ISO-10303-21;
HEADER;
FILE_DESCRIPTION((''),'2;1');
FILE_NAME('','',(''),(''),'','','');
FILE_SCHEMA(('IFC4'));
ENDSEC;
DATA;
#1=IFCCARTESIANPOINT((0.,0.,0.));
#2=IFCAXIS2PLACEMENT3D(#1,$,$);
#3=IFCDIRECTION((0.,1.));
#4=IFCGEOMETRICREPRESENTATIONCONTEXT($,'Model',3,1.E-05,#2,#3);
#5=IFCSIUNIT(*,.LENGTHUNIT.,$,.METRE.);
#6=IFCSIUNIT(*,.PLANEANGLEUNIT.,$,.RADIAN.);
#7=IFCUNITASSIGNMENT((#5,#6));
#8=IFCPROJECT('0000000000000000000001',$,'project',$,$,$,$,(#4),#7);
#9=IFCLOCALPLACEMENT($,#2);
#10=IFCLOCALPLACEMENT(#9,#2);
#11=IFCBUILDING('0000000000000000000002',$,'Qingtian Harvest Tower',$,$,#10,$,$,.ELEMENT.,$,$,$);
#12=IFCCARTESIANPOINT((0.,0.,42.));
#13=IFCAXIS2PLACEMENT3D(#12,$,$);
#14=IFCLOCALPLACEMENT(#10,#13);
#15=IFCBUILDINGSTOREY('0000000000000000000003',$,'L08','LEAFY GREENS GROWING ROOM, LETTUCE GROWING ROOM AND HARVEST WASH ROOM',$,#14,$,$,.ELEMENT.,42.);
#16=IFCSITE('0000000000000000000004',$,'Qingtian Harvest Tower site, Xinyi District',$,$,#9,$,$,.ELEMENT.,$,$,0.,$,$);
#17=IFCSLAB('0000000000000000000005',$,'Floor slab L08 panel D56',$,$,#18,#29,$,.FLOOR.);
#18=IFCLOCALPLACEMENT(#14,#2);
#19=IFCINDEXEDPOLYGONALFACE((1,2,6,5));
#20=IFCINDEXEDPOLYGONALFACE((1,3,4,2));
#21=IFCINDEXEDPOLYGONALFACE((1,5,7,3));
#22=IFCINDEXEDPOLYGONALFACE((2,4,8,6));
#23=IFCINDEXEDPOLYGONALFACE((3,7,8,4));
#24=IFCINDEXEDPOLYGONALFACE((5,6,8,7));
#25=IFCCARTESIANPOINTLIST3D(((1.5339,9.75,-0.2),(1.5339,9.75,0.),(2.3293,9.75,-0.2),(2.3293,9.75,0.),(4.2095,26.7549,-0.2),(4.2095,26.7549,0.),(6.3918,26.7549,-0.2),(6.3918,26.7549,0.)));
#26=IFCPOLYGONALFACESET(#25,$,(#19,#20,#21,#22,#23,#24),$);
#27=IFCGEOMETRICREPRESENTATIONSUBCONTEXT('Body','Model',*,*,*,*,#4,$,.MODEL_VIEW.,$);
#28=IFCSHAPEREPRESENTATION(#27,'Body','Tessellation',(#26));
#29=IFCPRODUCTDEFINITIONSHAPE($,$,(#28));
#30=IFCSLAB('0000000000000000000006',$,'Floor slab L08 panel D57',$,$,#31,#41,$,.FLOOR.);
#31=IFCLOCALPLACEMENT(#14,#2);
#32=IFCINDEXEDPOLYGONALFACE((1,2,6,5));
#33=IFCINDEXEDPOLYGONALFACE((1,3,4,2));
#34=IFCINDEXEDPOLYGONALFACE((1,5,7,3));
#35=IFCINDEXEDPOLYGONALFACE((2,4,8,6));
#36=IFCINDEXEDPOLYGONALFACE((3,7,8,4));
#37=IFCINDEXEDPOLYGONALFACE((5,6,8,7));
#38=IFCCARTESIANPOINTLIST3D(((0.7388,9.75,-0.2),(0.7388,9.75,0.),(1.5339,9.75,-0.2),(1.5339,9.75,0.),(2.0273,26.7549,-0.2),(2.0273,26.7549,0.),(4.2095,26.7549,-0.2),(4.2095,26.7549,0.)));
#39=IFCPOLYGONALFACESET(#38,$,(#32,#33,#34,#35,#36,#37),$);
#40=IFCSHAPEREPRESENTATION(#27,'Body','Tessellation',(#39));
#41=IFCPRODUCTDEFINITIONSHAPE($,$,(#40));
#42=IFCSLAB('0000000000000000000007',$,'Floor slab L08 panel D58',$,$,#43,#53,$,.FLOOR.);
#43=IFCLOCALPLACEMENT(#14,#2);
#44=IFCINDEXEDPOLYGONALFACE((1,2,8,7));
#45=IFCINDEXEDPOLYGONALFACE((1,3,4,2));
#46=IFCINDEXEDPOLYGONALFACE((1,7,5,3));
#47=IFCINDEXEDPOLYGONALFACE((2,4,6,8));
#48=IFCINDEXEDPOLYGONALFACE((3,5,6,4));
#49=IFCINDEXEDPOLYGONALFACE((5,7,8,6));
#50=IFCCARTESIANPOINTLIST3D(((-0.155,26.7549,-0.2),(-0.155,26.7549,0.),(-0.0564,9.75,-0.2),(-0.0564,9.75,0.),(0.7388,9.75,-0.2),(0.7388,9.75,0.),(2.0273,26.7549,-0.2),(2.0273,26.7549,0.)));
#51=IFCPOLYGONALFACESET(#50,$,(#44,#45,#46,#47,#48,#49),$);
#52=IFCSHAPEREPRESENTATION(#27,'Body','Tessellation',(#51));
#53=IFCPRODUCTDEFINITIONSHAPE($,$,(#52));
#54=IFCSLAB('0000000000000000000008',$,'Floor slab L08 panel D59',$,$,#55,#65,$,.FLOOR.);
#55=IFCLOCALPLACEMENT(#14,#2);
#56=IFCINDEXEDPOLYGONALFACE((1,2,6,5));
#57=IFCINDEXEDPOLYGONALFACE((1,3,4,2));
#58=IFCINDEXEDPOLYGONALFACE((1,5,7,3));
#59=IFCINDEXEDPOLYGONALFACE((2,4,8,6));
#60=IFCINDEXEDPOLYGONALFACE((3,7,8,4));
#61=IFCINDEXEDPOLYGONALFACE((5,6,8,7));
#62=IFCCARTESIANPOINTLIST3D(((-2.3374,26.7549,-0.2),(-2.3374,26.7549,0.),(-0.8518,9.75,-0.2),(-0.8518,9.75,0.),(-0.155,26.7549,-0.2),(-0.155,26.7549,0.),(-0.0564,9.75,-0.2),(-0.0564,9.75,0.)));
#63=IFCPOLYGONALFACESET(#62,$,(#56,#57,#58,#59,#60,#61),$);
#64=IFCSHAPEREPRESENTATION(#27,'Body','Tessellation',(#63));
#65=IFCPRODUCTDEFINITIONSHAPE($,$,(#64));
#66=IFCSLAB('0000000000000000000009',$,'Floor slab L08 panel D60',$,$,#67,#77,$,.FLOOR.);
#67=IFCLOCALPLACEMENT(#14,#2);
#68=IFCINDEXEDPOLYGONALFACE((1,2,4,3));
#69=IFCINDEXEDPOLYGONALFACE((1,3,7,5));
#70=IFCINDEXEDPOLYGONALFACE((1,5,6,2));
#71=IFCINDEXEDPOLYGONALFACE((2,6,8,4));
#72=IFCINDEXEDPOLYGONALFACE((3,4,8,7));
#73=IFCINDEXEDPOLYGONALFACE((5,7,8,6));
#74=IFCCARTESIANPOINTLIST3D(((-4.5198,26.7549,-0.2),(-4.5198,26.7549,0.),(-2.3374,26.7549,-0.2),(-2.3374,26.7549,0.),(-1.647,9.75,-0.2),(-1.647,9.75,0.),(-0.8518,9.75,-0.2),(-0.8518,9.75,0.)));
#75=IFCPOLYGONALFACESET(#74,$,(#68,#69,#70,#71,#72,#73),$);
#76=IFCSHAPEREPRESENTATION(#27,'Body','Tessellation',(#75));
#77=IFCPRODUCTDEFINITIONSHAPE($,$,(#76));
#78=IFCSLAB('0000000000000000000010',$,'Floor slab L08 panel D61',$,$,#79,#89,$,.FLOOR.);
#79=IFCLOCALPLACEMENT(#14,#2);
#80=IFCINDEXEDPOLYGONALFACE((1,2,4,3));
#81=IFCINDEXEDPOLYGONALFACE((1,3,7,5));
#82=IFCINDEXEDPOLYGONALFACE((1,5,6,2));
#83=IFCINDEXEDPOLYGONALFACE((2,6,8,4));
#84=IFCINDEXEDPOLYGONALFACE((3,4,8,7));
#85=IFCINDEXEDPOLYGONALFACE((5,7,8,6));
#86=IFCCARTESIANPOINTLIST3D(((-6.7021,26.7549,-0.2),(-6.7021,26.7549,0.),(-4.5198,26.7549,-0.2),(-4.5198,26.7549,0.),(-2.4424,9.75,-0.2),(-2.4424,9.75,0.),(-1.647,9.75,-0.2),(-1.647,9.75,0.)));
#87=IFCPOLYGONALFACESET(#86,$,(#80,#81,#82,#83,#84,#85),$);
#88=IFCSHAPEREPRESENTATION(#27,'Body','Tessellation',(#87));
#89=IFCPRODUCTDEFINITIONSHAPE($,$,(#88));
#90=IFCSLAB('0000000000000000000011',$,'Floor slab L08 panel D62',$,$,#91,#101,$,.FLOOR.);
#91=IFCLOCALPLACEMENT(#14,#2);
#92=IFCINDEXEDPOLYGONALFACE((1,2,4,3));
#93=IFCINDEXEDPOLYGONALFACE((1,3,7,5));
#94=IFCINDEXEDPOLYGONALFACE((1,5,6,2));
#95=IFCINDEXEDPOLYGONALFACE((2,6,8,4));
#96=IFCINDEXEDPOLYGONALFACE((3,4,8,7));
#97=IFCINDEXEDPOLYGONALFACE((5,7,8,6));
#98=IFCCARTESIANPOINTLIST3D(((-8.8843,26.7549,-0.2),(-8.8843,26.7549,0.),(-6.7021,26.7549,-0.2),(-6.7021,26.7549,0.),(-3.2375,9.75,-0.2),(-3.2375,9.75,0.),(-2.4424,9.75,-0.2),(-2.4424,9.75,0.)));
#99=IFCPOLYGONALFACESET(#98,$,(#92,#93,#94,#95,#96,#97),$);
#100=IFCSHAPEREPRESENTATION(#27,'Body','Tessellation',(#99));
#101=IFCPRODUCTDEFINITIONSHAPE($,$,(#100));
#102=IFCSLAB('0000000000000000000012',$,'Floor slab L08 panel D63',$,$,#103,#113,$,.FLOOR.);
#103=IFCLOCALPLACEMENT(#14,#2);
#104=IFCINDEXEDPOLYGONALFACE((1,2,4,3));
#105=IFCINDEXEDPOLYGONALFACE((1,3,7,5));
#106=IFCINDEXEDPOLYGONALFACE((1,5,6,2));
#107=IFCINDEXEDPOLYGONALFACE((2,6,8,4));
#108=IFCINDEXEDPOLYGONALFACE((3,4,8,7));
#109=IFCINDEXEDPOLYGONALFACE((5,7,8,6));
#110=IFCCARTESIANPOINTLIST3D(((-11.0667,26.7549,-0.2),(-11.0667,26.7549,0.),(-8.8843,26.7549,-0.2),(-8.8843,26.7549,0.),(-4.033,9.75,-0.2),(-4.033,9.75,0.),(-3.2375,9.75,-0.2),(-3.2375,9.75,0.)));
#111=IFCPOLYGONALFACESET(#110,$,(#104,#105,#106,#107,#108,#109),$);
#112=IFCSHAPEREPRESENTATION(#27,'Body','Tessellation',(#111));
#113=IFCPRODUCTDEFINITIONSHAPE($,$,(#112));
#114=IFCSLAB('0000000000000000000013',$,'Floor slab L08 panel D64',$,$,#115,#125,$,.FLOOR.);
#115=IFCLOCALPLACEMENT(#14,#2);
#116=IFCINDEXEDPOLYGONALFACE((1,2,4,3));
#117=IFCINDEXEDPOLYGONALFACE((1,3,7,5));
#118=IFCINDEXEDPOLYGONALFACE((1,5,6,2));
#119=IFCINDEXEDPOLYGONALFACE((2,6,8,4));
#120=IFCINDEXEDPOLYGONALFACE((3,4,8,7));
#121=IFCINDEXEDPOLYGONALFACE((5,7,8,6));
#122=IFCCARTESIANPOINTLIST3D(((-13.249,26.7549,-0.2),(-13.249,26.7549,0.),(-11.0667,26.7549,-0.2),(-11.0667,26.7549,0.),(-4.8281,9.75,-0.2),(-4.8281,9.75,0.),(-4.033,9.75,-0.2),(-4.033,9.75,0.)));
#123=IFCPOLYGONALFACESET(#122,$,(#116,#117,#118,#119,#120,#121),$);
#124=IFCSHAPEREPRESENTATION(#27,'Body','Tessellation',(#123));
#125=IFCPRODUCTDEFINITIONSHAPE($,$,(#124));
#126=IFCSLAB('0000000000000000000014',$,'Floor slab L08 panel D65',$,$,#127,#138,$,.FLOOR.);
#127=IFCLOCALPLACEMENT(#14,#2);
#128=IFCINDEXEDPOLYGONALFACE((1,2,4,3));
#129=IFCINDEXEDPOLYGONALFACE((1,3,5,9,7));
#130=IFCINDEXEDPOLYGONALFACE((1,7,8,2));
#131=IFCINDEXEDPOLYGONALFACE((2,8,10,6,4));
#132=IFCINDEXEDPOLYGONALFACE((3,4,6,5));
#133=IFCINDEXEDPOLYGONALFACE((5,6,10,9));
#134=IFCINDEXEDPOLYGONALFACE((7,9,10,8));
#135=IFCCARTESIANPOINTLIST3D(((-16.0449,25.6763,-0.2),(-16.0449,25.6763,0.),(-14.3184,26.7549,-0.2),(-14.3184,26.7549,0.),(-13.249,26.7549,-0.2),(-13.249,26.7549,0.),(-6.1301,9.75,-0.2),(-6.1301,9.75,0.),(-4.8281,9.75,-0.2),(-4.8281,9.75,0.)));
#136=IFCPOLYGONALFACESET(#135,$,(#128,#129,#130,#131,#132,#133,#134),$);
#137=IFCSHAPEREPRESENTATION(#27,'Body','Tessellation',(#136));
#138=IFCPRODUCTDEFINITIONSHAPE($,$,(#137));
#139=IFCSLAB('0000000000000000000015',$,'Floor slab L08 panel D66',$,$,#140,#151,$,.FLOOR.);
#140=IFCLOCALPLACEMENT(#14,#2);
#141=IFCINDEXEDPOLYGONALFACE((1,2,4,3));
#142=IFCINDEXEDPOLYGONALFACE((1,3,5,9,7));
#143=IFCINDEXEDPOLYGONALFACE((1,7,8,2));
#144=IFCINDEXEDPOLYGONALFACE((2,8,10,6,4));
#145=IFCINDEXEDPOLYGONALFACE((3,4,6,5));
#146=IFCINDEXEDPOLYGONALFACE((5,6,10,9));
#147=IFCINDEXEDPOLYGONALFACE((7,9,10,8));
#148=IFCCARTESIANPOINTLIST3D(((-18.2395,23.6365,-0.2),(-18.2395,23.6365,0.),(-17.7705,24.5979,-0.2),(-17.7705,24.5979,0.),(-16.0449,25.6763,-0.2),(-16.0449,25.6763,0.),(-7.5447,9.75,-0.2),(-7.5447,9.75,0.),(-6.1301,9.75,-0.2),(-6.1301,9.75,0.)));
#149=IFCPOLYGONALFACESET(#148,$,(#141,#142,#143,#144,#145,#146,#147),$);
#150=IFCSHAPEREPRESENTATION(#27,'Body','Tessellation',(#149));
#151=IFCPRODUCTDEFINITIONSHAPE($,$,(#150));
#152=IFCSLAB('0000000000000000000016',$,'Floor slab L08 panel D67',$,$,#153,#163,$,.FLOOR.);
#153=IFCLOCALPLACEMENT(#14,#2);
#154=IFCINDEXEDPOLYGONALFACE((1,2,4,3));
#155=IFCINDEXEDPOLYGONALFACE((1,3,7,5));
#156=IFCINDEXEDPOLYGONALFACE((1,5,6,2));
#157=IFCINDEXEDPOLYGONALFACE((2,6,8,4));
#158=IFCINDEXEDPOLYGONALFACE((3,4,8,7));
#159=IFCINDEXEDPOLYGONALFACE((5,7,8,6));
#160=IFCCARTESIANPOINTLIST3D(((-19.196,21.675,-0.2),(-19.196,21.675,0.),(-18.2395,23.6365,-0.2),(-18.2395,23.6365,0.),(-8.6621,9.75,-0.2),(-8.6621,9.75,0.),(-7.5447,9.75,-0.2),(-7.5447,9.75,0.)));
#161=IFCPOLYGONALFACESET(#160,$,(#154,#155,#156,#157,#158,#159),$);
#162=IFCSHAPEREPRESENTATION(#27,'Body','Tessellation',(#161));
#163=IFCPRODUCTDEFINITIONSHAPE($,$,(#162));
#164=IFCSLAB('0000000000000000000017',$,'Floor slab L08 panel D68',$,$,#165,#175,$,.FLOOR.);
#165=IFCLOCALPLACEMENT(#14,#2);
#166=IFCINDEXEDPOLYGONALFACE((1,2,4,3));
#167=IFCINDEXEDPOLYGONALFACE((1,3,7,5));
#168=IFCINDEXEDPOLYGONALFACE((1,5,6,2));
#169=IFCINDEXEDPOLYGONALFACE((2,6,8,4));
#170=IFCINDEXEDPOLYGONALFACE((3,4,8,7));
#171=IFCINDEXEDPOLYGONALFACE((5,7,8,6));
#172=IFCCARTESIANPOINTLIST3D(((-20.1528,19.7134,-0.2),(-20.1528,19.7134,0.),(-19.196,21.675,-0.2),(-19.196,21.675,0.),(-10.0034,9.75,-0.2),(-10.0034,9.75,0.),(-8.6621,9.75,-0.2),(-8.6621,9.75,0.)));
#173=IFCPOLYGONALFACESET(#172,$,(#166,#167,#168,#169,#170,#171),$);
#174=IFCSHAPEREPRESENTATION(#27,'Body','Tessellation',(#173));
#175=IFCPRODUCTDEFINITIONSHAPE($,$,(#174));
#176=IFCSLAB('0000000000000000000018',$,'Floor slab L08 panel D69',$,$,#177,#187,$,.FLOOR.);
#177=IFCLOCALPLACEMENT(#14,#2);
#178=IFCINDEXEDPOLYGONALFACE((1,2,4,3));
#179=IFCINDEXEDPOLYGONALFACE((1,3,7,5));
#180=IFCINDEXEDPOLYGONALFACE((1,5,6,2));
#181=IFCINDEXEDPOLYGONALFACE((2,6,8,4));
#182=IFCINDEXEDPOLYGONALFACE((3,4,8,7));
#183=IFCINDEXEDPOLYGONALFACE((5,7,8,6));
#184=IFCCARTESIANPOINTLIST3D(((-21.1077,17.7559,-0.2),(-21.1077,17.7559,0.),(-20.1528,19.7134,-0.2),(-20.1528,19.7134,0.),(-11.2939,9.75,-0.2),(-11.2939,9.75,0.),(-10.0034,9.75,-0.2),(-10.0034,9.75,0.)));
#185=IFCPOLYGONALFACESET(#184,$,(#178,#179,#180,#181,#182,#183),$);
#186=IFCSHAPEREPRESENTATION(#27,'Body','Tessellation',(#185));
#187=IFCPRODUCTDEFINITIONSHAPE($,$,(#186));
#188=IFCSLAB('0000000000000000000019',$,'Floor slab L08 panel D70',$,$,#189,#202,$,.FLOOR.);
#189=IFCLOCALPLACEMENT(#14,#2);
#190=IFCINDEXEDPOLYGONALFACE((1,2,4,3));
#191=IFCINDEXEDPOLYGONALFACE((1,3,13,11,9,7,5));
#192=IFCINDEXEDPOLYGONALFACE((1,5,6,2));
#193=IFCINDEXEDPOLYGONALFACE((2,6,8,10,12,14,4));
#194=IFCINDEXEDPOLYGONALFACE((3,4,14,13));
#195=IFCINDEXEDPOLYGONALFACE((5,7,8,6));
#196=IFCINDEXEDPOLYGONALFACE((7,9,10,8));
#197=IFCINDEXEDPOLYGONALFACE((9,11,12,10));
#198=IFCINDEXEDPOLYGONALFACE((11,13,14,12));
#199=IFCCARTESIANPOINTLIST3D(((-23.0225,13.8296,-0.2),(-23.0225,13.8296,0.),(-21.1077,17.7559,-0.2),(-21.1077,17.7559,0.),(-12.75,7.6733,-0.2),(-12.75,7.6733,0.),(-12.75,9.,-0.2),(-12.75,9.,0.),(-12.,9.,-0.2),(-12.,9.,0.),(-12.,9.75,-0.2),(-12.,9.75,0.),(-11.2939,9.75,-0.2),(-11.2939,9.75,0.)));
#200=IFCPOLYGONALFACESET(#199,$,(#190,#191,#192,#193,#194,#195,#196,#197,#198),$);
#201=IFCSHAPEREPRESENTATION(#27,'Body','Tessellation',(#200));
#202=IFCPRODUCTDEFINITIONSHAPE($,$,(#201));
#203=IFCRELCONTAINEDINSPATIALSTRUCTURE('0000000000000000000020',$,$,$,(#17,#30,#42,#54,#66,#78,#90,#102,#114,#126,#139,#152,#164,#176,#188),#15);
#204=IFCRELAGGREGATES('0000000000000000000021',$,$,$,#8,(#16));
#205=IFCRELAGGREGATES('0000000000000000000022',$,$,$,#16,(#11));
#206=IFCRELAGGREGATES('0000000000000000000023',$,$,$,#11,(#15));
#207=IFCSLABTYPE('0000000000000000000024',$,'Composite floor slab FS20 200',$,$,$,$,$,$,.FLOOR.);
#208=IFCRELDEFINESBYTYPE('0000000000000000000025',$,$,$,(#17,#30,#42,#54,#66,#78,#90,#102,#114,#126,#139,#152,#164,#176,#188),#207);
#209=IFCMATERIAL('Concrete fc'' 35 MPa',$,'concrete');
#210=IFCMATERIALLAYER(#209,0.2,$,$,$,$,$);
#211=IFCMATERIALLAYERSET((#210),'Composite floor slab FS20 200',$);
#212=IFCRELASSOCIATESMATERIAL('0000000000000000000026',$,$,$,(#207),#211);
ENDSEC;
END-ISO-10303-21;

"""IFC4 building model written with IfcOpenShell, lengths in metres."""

from ifc_helpers import new_model, si_unit, direction, frame, origin, place, context, subcontext, project, spatial, polyline, outline, extrude, material, layer, layer_set, type_object, element, save


model = new_model("IFC4")

# Units and contexts
model_context = context("Model", 3, precision=1e-05, world=origin(), true_north=direction((0.0, 1.0)))
body_context = subcontext(model_context, "Body", "Model", "MODEL_VIEW")
ifc_project = project(units=[si_unit("LENGTHUNIT", "METRE"), si_unit("PLANEANGLEUNIT", "RADIAN")], contexts=[model_context])

# Site, building, storey
site_placement = place(None, origin())
site = spatial("IfcSite", under=ifc_project, at=site_placement, Name="Qingtian Harvest Tower site, Xinyi District", CompositionType="ELEMENT", RefElevation=0.0)
building_placement = place(site_placement, origin())
building = spatial("IfcBuilding", under=site, at=building_placement, Name="Qingtian Harvest Tower", CompositionType="ELEMENT")
storey_placement = place(building_placement, frame((0.0, 0.0, 42.0)))
storey = spatial("IfcBuildingStorey", under=building, at=storey_placement, Name="L08", Description="LEAFY GREENS GROWING ROOM, LETTUCE GROWING ROOM AND HARVEST WASH ROOM", CompositionType="ELEMENT", Elevation=42.0)

# Slabs
ifc_material_1 = material(Name="Concrete fc' 35 MPa", Category="concrete")
ifc_layer_1 = layer(ifc_material_1, 0.2)
ifc_layer_set_1 = layer_set([ifc_layer_1], Name="Composite floor slab FS20 200")
slab_type = type_object("IfcSlabType", Name="Composite floor slab FS20 200", PredefinedType="FLOOR", material=ifc_layer_set_1)
slab_1_placement = place(storey_placement, frame((0.0, 0.0, -0.2)))
element("IfcSlab", 1, at=slab_1_placement, inside=storey, type_object=slab_type, Name="Floor slab L08 panel D56", PredefinedType="FLOOR", context=body_context, shape_type="SweptSolid", body=[
    extrude(outline(polyline([(1.5339, 9.75), (4.2095, 26.7549), (6.3918, 26.7549), (2.3293, 9.75), (1.5339, 9.75)])), origin(), (0.0, 0.0, 1.0), 0.2),
])
slab_2_placement = place(storey_placement, frame((0.0, 0.0, -0.2)))
element("IfcSlab", 2, at=slab_2_placement, inside=storey, type_object=slab_type, Name="Floor slab L08 panel D57", PredefinedType="FLOOR", context=body_context, shape_type="SweptSolid", body=[
    extrude(outline(polyline([(0.7388, 9.75), (2.0273, 26.7549), (4.2095, 26.7549), (1.5339, 9.75), (0.7388, 9.75)])), origin(), (0.0, 0.0, 1.0), 0.2),
])
slab_3_placement = place(storey_placement, frame((0.0, 0.0, -0.2)))
element("IfcSlab", 3, at=slab_3_placement, inside=storey, type_object=slab_type, Name="Floor slab L08 panel D58", PredefinedType="FLOOR", context=body_context, shape_type="SweptSolid", body=[
    extrude(outline(polyline([(-0.0564, 9.75), (-0.155, 26.7549), (2.0273, 26.7549), (0.7388, 9.75), (-0.0564, 9.75)])), origin(), (0.0, 0.0, 1.0), 0.2),
])
slab_4_placement = place(storey_placement, frame((0.0, 0.0, -0.2)))
element("IfcSlab", 4, at=slab_4_placement, inside=storey, type_object=slab_type, Name="Floor slab L08 panel D59", PredefinedType="FLOOR", context=body_context, shape_type="SweptSolid", body=[
    extrude(outline(polyline([(-0.8518, 9.75), (-2.3374, 26.7549), (-0.155, 26.7549), (-0.0564, 9.75), (-0.8518, 9.75)])), origin(), (0.0, 0.0, 1.0), 0.2),
])
slab_5_placement = place(storey_placement, frame((0.0, 0.0, -0.2)))
element("IfcSlab", 5, at=slab_5_placement, inside=storey, type_object=slab_type, Name="Floor slab L08 panel D60", PredefinedType="FLOOR", context=body_context, shape_type="SweptSolid", body=[
    extrude(outline(polyline([(-1.647, 9.75), (-4.5198, 26.7549), (-2.3374, 26.7549), (-0.8518, 9.75), (-1.647, 9.75)])), origin(), (0.0, 0.0, 1.0), 0.2),
])
slab_6_placement = place(storey_placement, frame((0.0, 0.0, -0.2)))
element("IfcSlab", 6, at=slab_6_placement, inside=storey, type_object=slab_type, Name="Floor slab L08 panel D61", PredefinedType="FLOOR", context=body_context, shape_type="SweptSolid", body=[
    extrude(outline(polyline([(-2.4424, 9.75), (-6.7021, 26.7549), (-4.5198, 26.7549), (-1.647, 9.75), (-2.4424, 9.75)])), origin(), (0.0, 0.0, 1.0), 0.2),
])
slab_7_placement = place(storey_placement, frame((0.0, 0.0, -0.2)))
element("IfcSlab", 7, at=slab_7_placement, inside=storey, type_object=slab_type, Name="Floor slab L08 panel D62", PredefinedType="FLOOR", context=body_context, shape_type="SweptSolid", body=[
    extrude(outline(polyline([(-3.2375, 9.75), (-8.8843, 26.7549), (-6.7021, 26.7549), (-2.4424, 9.75), (-3.2375, 9.75)])), origin(), (0.0, 0.0, 1.0), 0.2),
])
slab_8_placement = place(storey_placement, frame((0.0, 0.0, -0.2)))
element("IfcSlab", 8, at=slab_8_placement, inside=storey, type_object=slab_type, Name="Floor slab L08 panel D63", PredefinedType="FLOOR", context=body_context, shape_type="SweptSolid", body=[
    extrude(outline(polyline([(-4.033, 9.75), (-11.0667, 26.7549), (-8.8843, 26.7549), (-3.2375, 9.75), (-4.033, 9.75)])), origin(), (0.0, 0.0, 1.0), 0.2),
])
slab_9_placement = place(storey_placement, frame((0.0, 0.0, -0.2)))
element("IfcSlab", 9, at=slab_9_placement, inside=storey, type_object=slab_type, Name="Floor slab L08 panel D64", PredefinedType="FLOOR", context=body_context, shape_type="SweptSolid", body=[
    extrude(outline(polyline([(-4.8281, 9.75), (-13.249, 26.7549), (-11.0667, 26.7549), (-4.033, 9.75), (-4.8281, 9.75)])), origin(), (0.0, 0.0, 1.0), 0.2),
])
slab_10_placement = place(storey_placement, frame((0.0, 0.0, -0.2)))
element("IfcSlab", 10, at=slab_10_placement, inside=storey, type_object=slab_type, Name="Floor slab L08 panel D65", PredefinedType="FLOOR", context=body_context, shape_type="SweptSolid", body=[
    extrude(outline(polyline([(-4.8281, 9.75), (-6.1301, 9.75), (-16.0449, 25.6763), (-14.3184, 26.7549), (-13.249, 26.7549), (-4.8281, 9.75)])), origin(), (0.0, 0.0, 1.0), 0.2),
])
slab_11_placement = place(storey_placement, frame((0.0, 0.0, -0.2)))
element("IfcSlab", 11, at=slab_11_placement, inside=storey, type_object=slab_type, Name="Floor slab L08 panel D66", PredefinedType="FLOOR", context=body_context, shape_type="SweptSolid", body=[
    extrude(outline(polyline([(-6.1301, 9.75), (-7.5447, 9.75), (-18.2395, 23.6365), (-17.7705, 24.5979), (-16.0449, 25.6763), (-6.1301, 9.75)])), origin(), (0.0, 0.0, 1.0), 0.2),
])
slab_12_placement = place(storey_placement, frame((0.0, 0.0, -0.2)))
element("IfcSlab", 12, at=slab_12_placement, inside=storey, type_object=slab_type, Name="Floor slab L08 panel D67", PredefinedType="FLOOR", context=body_context, shape_type="SweptSolid", body=[
    extrude(outline(polyline([(-8.6621, 9.75), (-19.196, 21.675), (-18.2395, 23.6365), (-7.5447, 9.75), (-8.6621, 9.75)])), origin(), (0.0, 0.0, 1.0), 0.2),
])
slab_13_placement = place(storey_placement, frame((0.0, 0.0, -0.2)))
element("IfcSlab", 13, at=slab_13_placement, inside=storey, type_object=slab_type, Name="Floor slab L08 panel D68", PredefinedType="FLOOR", context=body_context, shape_type="SweptSolid", body=[
    extrude(outline(polyline([(-10.0034, 9.75), (-20.1528, 19.7134), (-19.196, 21.675), (-8.6621, 9.75), (-10.0034, 9.75)])), origin(), (0.0, 0.0, 1.0), 0.2),
])
slab_14_placement = place(storey_placement, frame((0.0, 0.0, -0.2)))
element("IfcSlab", 14, at=slab_14_placement, inside=storey, type_object=slab_type, Name="Floor slab L08 panel D69", PredefinedType="FLOOR", context=body_context, shape_type="SweptSolid", body=[
    extrude(outline(polyline([(-11.2939, 9.75), (-21.1077, 17.7559), (-20.1528, 19.7134), (-10.0034, 9.75), (-11.2939, 9.75)])), origin(), (0.0, 0.0, 1.0), 0.2),
])
slab_15_placement = place(storey_placement, frame((0.0, 0.0, -0.2)))
element("IfcSlab", 15, at=slab_15_placement, inside=storey, type_object=slab_type, Name="Floor slab L08 panel D70", PredefinedType="FLOOR", context=body_context, shape_type="SweptSolid", body=[
    extrude(outline(polyline([(-12.0, 9.0), (-12.75, 9.0), (-12.75, 7.6733), (-23.0225, 13.8296), (-21.1077, 17.7559), (-11.2939, 9.75), (-12.0, 9.75), (-12.0, 9.0)])), origin(), (0.0, 0.0, 1.0), 0.2),
])

save(model, "model.ifc")
